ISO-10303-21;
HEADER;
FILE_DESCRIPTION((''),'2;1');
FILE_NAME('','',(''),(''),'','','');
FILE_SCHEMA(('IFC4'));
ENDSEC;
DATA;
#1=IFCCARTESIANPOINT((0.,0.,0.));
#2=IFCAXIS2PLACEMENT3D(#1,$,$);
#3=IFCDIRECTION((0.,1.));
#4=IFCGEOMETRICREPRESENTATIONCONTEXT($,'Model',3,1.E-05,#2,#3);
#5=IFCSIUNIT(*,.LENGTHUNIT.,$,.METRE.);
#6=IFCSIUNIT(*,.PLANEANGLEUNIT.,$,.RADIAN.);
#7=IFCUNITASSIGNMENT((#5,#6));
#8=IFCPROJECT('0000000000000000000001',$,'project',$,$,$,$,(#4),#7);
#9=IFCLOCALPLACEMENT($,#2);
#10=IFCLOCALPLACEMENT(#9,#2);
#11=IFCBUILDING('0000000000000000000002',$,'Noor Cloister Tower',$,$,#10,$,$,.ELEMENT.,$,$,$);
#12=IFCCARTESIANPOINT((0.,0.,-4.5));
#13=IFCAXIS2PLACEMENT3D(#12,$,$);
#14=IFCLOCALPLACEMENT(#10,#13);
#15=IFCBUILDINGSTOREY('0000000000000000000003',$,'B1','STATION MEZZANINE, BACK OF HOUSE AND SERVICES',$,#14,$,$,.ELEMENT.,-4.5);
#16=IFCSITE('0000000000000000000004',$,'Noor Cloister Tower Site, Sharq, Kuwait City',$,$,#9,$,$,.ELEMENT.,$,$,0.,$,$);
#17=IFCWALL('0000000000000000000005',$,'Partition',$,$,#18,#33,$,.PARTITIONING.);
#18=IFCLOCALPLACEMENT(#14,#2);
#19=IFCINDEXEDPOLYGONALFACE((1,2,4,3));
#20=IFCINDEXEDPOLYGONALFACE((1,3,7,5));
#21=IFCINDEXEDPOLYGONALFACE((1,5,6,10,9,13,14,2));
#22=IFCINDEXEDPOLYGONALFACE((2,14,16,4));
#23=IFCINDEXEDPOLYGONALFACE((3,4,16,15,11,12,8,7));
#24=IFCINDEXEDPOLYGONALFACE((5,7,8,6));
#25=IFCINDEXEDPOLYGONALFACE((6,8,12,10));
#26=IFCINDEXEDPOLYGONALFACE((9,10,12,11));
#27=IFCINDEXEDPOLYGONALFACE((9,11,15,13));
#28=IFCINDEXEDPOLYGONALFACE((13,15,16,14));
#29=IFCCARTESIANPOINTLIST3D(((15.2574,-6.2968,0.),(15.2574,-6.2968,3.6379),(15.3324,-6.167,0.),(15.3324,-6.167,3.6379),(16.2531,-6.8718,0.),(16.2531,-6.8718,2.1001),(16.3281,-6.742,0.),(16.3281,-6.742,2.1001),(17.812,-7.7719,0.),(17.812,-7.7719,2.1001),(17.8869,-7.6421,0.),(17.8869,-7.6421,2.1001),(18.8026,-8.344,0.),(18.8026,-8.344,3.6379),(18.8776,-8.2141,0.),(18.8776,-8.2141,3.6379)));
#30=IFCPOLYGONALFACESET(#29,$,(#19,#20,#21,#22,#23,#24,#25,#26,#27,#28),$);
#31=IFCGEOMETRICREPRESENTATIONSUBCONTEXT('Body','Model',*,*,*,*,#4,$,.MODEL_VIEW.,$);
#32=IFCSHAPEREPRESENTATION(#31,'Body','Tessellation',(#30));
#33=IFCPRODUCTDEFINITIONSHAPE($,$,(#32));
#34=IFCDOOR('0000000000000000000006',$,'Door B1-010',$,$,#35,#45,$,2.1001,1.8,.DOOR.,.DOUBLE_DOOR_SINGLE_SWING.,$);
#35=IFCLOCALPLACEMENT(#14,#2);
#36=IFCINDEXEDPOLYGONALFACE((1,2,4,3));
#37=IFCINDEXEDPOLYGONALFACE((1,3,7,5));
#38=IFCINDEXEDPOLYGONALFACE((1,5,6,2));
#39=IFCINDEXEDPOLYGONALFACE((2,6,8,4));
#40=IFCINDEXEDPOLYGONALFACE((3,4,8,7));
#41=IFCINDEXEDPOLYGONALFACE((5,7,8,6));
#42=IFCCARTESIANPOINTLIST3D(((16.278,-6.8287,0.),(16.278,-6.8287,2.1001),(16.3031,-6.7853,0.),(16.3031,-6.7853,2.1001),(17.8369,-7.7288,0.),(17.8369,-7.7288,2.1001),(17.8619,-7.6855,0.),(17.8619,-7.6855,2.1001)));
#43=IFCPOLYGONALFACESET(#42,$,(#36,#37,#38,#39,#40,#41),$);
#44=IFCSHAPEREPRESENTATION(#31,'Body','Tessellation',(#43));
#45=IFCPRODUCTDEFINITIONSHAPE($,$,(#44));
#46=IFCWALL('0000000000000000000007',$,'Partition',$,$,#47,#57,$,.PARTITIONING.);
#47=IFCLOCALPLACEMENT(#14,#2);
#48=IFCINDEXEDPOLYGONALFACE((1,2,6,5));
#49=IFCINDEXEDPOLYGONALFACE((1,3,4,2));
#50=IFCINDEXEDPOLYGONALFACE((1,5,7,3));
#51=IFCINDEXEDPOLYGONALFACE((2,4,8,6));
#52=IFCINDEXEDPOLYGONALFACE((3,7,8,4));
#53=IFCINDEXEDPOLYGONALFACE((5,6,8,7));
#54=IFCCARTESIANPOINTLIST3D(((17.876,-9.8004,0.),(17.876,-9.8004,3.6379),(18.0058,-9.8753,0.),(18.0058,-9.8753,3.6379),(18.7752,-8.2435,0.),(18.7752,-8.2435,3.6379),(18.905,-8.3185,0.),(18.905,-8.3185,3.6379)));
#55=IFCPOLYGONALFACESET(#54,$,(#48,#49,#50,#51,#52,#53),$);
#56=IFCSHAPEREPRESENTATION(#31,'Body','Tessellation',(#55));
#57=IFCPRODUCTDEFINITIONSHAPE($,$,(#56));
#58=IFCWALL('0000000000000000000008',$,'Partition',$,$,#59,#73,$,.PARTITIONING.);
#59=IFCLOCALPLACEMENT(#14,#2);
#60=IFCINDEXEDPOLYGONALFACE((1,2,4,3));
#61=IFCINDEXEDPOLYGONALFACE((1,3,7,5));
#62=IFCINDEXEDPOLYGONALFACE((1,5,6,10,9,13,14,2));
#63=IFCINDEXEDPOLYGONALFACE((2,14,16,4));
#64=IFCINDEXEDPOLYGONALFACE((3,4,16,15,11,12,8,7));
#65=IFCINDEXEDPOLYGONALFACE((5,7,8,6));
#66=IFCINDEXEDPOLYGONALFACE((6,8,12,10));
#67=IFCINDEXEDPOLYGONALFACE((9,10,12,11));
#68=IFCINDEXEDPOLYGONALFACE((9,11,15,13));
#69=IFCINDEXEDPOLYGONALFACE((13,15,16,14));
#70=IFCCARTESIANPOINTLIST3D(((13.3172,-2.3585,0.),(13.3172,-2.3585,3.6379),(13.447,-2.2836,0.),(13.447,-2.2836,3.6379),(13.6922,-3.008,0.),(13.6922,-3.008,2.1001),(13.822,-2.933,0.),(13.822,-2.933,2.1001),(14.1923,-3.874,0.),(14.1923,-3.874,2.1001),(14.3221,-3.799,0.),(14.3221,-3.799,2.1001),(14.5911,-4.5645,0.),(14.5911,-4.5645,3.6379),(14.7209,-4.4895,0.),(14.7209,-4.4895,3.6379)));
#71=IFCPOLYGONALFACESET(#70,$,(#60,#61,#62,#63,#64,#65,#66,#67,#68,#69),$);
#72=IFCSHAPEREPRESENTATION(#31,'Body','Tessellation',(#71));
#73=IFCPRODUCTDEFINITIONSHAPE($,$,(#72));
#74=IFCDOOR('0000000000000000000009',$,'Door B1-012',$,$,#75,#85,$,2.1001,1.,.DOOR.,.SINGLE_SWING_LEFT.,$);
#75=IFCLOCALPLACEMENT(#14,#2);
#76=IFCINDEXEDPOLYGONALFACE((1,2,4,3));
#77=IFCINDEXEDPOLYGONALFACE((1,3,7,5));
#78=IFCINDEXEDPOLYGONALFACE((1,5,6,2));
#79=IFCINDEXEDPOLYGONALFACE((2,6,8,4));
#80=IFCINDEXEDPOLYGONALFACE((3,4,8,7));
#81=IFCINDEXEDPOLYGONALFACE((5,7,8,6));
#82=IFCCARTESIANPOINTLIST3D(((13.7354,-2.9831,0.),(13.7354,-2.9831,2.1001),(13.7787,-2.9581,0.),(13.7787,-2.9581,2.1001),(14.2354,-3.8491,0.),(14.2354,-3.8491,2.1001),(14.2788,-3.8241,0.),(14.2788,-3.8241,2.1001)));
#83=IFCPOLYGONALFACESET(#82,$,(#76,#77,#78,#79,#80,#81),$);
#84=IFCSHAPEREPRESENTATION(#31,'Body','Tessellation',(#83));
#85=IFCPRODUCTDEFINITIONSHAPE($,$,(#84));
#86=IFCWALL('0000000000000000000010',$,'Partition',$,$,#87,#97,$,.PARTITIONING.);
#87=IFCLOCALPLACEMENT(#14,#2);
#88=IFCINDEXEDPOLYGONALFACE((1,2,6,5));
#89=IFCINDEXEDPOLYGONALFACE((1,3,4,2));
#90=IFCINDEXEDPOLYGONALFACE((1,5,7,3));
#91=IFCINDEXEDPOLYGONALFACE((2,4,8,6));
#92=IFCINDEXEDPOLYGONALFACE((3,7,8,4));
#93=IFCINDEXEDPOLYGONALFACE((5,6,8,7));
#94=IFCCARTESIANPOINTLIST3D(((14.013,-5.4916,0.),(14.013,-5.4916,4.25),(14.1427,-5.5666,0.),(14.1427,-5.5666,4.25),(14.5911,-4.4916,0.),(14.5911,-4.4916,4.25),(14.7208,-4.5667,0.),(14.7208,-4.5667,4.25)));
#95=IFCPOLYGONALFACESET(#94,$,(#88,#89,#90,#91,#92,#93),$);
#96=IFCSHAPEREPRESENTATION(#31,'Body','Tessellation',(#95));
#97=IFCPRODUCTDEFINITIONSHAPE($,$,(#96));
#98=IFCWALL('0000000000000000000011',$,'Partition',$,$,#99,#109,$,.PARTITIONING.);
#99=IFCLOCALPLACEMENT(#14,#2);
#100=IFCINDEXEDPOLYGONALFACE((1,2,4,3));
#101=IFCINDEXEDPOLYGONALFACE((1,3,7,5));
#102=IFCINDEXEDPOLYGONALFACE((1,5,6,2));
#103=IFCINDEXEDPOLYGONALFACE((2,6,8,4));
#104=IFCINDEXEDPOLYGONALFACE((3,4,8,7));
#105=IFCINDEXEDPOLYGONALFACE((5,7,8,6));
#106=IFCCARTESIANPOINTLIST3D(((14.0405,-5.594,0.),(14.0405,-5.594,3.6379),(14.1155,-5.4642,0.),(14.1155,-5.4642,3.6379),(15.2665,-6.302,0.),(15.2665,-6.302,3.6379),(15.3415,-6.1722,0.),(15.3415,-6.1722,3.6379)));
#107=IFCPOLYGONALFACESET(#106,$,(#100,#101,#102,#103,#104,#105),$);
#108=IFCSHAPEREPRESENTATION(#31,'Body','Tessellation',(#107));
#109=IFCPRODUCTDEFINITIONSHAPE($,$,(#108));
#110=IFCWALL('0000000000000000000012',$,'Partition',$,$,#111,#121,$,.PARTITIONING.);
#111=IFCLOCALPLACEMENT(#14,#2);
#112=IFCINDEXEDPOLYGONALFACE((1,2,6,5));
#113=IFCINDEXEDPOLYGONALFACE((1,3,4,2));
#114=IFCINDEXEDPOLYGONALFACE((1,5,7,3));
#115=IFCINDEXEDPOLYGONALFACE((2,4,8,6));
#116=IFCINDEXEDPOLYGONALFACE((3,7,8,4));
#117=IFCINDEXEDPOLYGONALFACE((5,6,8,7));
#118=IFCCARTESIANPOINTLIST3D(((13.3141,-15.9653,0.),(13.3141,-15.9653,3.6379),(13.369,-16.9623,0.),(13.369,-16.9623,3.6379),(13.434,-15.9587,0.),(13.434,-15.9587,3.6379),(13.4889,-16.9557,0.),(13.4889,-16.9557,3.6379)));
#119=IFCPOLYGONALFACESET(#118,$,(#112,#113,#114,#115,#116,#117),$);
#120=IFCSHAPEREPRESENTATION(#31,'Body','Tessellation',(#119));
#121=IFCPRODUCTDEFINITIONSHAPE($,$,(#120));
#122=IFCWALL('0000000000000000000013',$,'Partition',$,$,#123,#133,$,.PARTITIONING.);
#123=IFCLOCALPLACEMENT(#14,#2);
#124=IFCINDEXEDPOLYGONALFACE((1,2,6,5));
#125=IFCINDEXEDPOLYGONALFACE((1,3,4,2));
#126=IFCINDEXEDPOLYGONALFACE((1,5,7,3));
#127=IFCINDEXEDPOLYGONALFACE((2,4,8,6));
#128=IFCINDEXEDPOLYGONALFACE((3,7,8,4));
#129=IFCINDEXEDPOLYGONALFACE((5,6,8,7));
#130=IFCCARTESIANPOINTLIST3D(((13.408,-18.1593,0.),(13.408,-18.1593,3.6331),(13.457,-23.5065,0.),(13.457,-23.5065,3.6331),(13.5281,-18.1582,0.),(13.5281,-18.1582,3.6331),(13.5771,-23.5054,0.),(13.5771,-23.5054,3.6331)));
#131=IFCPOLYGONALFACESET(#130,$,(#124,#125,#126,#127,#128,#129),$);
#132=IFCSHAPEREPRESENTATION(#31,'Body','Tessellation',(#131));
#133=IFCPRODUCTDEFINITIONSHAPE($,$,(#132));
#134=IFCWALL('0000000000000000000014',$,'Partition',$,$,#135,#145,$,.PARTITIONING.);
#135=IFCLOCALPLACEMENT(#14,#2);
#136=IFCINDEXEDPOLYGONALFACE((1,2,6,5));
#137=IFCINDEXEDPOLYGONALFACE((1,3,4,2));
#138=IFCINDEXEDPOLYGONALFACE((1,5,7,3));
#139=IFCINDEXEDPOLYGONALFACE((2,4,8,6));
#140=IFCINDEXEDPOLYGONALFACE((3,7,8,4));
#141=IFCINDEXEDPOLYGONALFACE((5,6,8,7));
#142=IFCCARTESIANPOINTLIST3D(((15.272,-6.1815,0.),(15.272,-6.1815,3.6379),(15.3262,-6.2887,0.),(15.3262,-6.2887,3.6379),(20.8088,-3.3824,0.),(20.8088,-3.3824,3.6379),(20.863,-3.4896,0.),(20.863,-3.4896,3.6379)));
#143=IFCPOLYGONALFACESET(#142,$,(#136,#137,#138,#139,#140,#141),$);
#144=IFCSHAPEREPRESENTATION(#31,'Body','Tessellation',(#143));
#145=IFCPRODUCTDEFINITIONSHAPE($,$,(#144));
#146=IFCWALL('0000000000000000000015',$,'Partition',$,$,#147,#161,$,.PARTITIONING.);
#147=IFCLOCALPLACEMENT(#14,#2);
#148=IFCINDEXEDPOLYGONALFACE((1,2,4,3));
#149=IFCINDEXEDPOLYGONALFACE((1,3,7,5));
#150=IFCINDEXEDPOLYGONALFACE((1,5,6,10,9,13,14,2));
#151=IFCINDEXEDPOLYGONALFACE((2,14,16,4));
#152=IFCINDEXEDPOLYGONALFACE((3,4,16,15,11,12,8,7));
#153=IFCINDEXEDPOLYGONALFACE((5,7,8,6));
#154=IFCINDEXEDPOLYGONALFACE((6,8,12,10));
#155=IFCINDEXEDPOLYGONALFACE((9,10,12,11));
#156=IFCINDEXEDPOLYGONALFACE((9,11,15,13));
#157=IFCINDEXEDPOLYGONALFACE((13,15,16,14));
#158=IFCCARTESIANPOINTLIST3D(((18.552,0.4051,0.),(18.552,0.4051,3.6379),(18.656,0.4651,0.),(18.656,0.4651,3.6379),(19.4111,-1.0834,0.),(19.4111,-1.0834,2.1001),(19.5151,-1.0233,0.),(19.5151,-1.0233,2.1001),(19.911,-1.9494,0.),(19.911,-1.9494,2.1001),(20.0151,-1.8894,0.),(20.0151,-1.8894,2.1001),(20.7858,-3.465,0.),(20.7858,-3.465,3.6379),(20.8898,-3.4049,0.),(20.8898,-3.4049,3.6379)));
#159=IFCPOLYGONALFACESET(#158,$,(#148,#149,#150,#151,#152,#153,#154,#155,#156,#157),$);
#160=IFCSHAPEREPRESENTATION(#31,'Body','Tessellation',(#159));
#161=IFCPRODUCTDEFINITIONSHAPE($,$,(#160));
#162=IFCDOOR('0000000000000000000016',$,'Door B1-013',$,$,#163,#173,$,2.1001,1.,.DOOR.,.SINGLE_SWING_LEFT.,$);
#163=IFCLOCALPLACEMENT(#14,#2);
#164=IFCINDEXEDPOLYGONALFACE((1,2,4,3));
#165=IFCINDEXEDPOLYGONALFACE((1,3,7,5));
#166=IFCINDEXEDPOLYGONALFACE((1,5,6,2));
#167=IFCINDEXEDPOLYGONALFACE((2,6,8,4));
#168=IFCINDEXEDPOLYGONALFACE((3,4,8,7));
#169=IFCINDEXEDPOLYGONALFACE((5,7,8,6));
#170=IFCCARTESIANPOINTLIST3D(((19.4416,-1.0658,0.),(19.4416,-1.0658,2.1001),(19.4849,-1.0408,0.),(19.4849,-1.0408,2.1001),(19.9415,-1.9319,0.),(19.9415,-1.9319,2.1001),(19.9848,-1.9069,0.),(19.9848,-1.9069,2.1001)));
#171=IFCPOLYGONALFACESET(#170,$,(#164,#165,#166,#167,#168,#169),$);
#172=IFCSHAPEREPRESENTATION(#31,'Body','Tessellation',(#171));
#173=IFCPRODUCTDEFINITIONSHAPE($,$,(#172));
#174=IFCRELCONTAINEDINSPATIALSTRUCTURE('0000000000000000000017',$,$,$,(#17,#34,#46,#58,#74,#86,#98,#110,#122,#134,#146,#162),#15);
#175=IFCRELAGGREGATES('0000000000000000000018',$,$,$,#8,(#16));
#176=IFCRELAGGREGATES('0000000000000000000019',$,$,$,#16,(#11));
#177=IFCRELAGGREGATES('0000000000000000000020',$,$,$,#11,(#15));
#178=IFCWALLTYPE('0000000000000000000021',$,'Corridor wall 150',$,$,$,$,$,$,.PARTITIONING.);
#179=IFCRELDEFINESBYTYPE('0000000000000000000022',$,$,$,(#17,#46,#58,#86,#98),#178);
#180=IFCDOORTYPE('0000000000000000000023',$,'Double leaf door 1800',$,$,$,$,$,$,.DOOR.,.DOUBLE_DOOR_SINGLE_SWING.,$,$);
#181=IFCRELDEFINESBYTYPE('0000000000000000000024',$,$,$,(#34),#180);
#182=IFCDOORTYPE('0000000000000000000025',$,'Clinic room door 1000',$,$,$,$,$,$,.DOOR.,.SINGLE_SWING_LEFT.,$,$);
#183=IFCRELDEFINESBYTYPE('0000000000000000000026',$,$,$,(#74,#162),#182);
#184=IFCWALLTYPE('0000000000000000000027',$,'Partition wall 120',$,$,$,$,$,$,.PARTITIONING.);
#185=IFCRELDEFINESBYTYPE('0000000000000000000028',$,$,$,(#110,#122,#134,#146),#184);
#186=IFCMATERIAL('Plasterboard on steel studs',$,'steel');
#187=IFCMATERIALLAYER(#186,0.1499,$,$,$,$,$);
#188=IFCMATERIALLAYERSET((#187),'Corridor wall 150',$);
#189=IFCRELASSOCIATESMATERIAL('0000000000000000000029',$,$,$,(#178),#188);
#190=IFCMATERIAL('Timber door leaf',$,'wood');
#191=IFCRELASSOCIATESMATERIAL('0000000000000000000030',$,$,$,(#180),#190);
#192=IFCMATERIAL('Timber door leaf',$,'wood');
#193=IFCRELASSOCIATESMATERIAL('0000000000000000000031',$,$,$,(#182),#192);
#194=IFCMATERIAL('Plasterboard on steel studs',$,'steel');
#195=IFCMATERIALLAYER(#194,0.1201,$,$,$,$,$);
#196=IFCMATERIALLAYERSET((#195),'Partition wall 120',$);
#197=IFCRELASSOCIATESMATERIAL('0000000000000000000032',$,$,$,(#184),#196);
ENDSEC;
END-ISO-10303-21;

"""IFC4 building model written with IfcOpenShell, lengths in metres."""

from ifc_helpers import new_model, si_unit, direction, frame, frame_2d, origin, place, context, subcontext, project, spatial, rectangle, extrude, material, layer, layer_set, type_object, element, fill, save


model = new_model("IFC4")

# Units and contexts
model_context = context("Model", 3, precision=1e-05, world=origin(), true_north=direction((0.0, 1.0)))
body_context = subcontext(model_context, "Body", "Model", "MODEL_VIEW")
ifc_project = project(units=[si_unit("LENGTHUNIT", "METRE"), si_unit("PLANEANGLEUNIT", "RADIAN")], contexts=[model_context])

# Site, building, storey
site_placement = place(None, origin())
site = spatial("IfcSite", under=ifc_project, at=site_placement, Name="Noor Cloister Tower Site, Sharq, Kuwait City", CompositionType="ELEMENT", RefElevation=0.0)
building_placement = place(site_placement, origin())
building = spatial("IfcBuilding", under=site, at=building_placement, Name="Noor Cloister Tower", CompositionType="ELEMENT")
storey_placement = place(building_placement, frame((0.0, 0.0, -4.5)))
storey = spatial("IfcBuildingStorey", under=building, at=storey_placement, Name="B1", Description="STATION MEZZANINE, BACK OF HOUSE AND SERVICES", CompositionType="ELEMENT", Elevation=-4.5)

# Shared definitions
ifc_material_1 = material(Name="Plasterboard on steel studs", Category="steel")
ifc_layer_1 = layer(ifc_material_1, 0.1499)
ifc_layer_set_1 = layer_set([ifc_layer_1], Name="Corridor wall 150")
wall_type_1 = type_object("IfcWallType", Name="Corridor wall 150", PredefinedType="PARTITIONING", material=ifc_layer_set_1)
ifc_material_2 = material(Name="Timber door leaf", Category="wood")
door_type_1 = type_object("IfcDoorType", Name="Double leaf door 1800", OperationType="DOUBLE_DOOR_SINGLE_SWING", PredefinedType="DOOR", material=ifc_material_2)

# Wall, opening, door
wall_1_placement = place(storey_placement, frame((15.2949, -6.2319, 0.0), z_axis=(0.0, 0.0, 1.0), x_axis=(0.865992, -0.500058, 0.0)))
wall_1 = element("IfcWall", 1, at=wall_1_placement, inside=storey, type_object=wall_type_1, Name="Partition", PredefinedType="PARTITIONING", context=body_context, shape_type="SweptSolid", body=[
    extrude(rectangle(XDim=4.0938, YDim=0.1499, at=frame_2d((2.0469, 0.0))), origin(), (0.0, 0.0, 1.0), 3.6379),
])
opening_1_placement = place(wall_1_placement, frame((1.1499, 0.0, 0.0)))
opening_1 = element("IfcOpeningElement", 2, at=opening_1_placement, cuts=wall_1, PredefinedType="OPENING", context=body_context, shape_type="SweptSolid", body=[
    extrude(rectangle(XDim=1.8, YDim=2.1001, at=frame_2d((0.8999, 1.05))), frame((0.0, 0.085, 0.0), z_axis=(0.0, -1.0, 0.0), x_axis=(1.0, 0.0, 0.0)), (0.0, 0.0, 1.0), 0.1699),
])
door_1_placement = place(opening_1_placement, origin())
door_1 = element("IfcDoor", 3, at=door_1_placement, inside=storey, type_object=door_type_1, Name="Door B1-010", OperationType="DOUBLE_DOOR_SINGLE_SWING", OverallHeight=2.1001, OverallWidth=1.8, PredefinedType="DOOR", context=body_context, shape_type="SweptSolid", body=[
    extrude(rectangle(XDim=1.8, YDim=2.1001, at=frame_2d((0.8999, 1.05))), frame((0.0, 0.0249, 0.0), z_axis=(0.0, -1.0, 0.0), x_axis=(1.0, 0.0, 0.0)), (0.0, 0.0, 1.0), 0.05),
])
fill(opening_1, door_1)

# Wall
wall_2_placement = place(storey_placement, frame((18.8401, -8.281, 0.0), z_axis=(0.0, 0.0, 1.0), x_axis=(-0.500126, -0.865953, 0.0)))
element("IfcWall", 4, at=wall_2_placement, inside=storey, type_object=wall_type_1, Name="Partition", PredefinedType="PARTITIONING", context=body_context, shape_type="SweptSolid", body=[
    extrude(rectangle(XDim=1.7979, YDim=0.1499, at=frame_2d((0.8989, 0.0))), origin(), (0.0, 0.0, 1.0), 3.6379),
])

# Wall, opening, door
wall_3_placement = place(storey_placement, frame((13.3821, -2.321, 0.0), z_axis=(0.0, 0.0, 1.0), x_axis=(0.500076, -0.865981, 0.0)))
wall_3 = element("IfcWall", 5, at=wall_3_placement, inside=storey, type_object=wall_type_1, Name="Partition", PredefinedType="PARTITIONING", context=body_context, shape_type="SweptSolid", body=[
    extrude(rectangle(XDim=2.5474, YDim=0.1499, at=frame_2d((1.2737, 0.0))), origin(), (0.0, 0.0, 1.0), 3.6379),
])
opening_2_placement = place(wall_3_placement, frame((0.75, 0.0, 0.0)))
opening_2 = element("IfcOpeningElement", 6, at=opening_2_placement, cuts=wall_3, PredefinedType="OPENING", context=body_context, shape_type="SweptSolid", body=[
    extrude(rectangle(XDim=1.0, YDim=2.1001, at=frame_2d((0.5, 1.05))), frame((0.0, 0.085, 0.0), z_axis=(0.0, -1.0, 0.0), x_axis=(1.0, 0.0, 0.0)), (0.0, 0.0, 1.0), 0.1699),
])
ifc_material_3 = material(Name="Timber door leaf", Category="wood")
door_type_2 = type_object("IfcDoorType", Name="Clinic room door 1000", OperationType="SINGLE_SWING_LEFT", PredefinedType="DOOR", material=ifc_material_3)
door_2_placement = place(opening_2_placement, origin())
door_2 = element("IfcDoor", 7, at=door_2_placement, inside=storey, type_object=door_type_2, Name="Door B1-012", OperationType="SINGLE_SWING_LEFT", OverallHeight=2.1001, OverallWidth=1.0, PredefinedType="DOOR", context=body_context, shape_type="SweptSolid", body=[
    extrude(rectangle(XDim=1.0, YDim=2.1001, at=frame_2d((0.5, 1.05))), frame((0.0, 0.0249, 0.0), z_axis=(0.0, -1.0, 0.0), x_axis=(1.0, 0.0, 0.0)), (0.0, 0.0, 1.0), 0.05),
])
fill(opening_2, door_2)

# Walls
wall_4_placement = place(storey_placement, frame((14.656, -4.5291, 0.0), z_axis=(0.0, 0.0, 1.0), x_axis=(-0.500503, -0.865735, 0.0)))
element("IfcWall", 8, at=wall_4_placement, inside=storey, type_object=wall_type_1, Name="Partition", PredefinedType="PARTITIONING", context=body_context, shape_type="SweptSolid", body=[
    extrude(rectangle(XDim=1.155, YDim=0.1499, at=frame_2d((0.5776, 0.0))), origin(), (0.0, 0.0, 1.0), 4.25),
])
wall_5_placement = place(storey_placement, frame((14.0779, -5.5291, 0.0), z_axis=(0.0, 0.0, 1.0), x_axis=(0.865985, -0.500071, 0.0)))
element("IfcWall", 9, at=wall_5_placement, inside=storey, type_object=wall_type_1, Name="Partition", PredefinedType="PARTITIONING", context=body_context, shape_type="SweptSolid", body=[
    extrude(rectangle(XDim=1.4158, YDim=0.1499, at=frame_2d((0.708, 0.0))), origin(), (0.0, 0.0, 1.0), 3.6379),
])
ifc_material_4 = material(Name="Plasterboard on steel studs", Category="steel")
ifc_layer_2 = layer(ifc_material_4, 0.1201)
ifc_layer_set_2 = layer_set([ifc_layer_2], Name="Partition wall 120")
wall_type_2 = type_object("IfcWallType", Name="Partition wall 120", PredefinedType="PARTITIONING", material=ifc_layer_set_2)
wall_6_placement = place(storey_placement, frame((13.429, -16.959, 0.0), z_axis=(0.0, 0.0, 1.0), x_axis=(-0.05501, 0.998486, 0.0)))
element("IfcWall", 10, at=wall_6_placement, inside=storey, type_object=wall_type_2, Name="Partition", PredefinedType="PARTITIONING", context=body_context, shape_type="SweptSolid", body=[
    extrude(rectangle(XDim=0.9985, YDim=0.1201, at=frame_2d((0.4993, 0.0))), origin(), (0.0, 0.0, 1.0), 3.6379),
])
wall_7_placement = place(storey_placement, frame((13.5171, -23.5061, 0.0), z_axis=(0.0, 0.0, 1.0), x_axis=(-0.009177, 0.999958, 0.0)))
element("IfcWall", 11, at=wall_7_placement, inside=storey, type_object=wall_type_2, Name="Partition", PredefinedType="PARTITIONING", context=body_context, shape_type="SweptSolid", body=[
    extrude(rectangle(XDim=5.3474, YDim=0.1201, at=frame_2d((2.6738, 0.0))), origin(), (0.0, 0.0, 1.0), 3.6331),
])
wall_8_placement = place(storey_placement, frame((20.8359, -3.436, 0.0), z_axis=(0.0, 0.0, 1.0), x_axis=(-0.892443, -0.45116, 0.0)))
element("IfcWall", 12, at=wall_8_placement, inside=storey, type_object=wall_type_2, Name="Partition", PredefinedType="PARTITIONING", context=body_context, shape_type="SweptSolid", body=[
    extrude(rectangle(XDim=6.2041, YDim=0.1201, at=frame_2d((3.1021, 0.0))), origin(), (0.0, 0.0, 1.0), 3.6379),
])

# Wall, opening, door
wall_9_placement = place(storey_placement, frame((20.8379, -3.4351, 0.0), z_axis=(0.0, 0.0, 1.0), x_axis=(-0.499912, 0.866076, 0.0)))
wall_9 = element("IfcWall", 13, at=wall_9_placement, inside=storey, type_object=wall_type_2, Name="Partition", PredefinedType="PARTITIONING", context=body_context, shape_type="SweptSolid", body=[
    extrude(rectangle(XDim=4.4685, YDim=0.1201, at=frame_2d((2.2344, 0.0))), origin(), (0.0, 0.0, 1.0), 3.6379),
])
opening_3_placement = place(wall_9_placement, frame((1.75, 0.0, 0.0)))
opening_3 = element("IfcOpeningElement", 14, at=opening_3_placement, cuts=wall_9, PredefinedType="OPENING", context=body_context, shape_type="SweptSolid", body=[
    extrude(rectangle(XDim=1.0, YDim=2.1001, at=frame_2d((0.5, 1.05))), frame((0.0, 0.0701, 0.0), z_axis=(0.0, -1.0, 0.0), x_axis=(1.0, 0.0, 0.0)), (0.0, 0.0, 1.0), 0.1401),
])
door_3_placement = place(opening_3_placement, origin())
door_3 = element("IfcDoor", 15, at=door_3_placement, inside=storey, type_object=door_type_2, Name="Door B1-013", OperationType="SINGLE_SWING_LEFT", OverallHeight=2.1001, OverallWidth=1.0, PredefinedType="DOOR", context=body_context, shape_type="SweptSolid", body=[
    extrude(rectangle(XDim=1.0, YDim=2.1001, at=frame_2d((0.5, 1.05))), frame((0.0, 0.0249, 0.0), z_axis=(0.0, -1.0, 0.0), x_axis=(1.0, 0.0, 0.0)), (0.0, 0.0, 1.0), 0.05),
])
fill(opening_3, door_3)

save(model, "model.ifc")
